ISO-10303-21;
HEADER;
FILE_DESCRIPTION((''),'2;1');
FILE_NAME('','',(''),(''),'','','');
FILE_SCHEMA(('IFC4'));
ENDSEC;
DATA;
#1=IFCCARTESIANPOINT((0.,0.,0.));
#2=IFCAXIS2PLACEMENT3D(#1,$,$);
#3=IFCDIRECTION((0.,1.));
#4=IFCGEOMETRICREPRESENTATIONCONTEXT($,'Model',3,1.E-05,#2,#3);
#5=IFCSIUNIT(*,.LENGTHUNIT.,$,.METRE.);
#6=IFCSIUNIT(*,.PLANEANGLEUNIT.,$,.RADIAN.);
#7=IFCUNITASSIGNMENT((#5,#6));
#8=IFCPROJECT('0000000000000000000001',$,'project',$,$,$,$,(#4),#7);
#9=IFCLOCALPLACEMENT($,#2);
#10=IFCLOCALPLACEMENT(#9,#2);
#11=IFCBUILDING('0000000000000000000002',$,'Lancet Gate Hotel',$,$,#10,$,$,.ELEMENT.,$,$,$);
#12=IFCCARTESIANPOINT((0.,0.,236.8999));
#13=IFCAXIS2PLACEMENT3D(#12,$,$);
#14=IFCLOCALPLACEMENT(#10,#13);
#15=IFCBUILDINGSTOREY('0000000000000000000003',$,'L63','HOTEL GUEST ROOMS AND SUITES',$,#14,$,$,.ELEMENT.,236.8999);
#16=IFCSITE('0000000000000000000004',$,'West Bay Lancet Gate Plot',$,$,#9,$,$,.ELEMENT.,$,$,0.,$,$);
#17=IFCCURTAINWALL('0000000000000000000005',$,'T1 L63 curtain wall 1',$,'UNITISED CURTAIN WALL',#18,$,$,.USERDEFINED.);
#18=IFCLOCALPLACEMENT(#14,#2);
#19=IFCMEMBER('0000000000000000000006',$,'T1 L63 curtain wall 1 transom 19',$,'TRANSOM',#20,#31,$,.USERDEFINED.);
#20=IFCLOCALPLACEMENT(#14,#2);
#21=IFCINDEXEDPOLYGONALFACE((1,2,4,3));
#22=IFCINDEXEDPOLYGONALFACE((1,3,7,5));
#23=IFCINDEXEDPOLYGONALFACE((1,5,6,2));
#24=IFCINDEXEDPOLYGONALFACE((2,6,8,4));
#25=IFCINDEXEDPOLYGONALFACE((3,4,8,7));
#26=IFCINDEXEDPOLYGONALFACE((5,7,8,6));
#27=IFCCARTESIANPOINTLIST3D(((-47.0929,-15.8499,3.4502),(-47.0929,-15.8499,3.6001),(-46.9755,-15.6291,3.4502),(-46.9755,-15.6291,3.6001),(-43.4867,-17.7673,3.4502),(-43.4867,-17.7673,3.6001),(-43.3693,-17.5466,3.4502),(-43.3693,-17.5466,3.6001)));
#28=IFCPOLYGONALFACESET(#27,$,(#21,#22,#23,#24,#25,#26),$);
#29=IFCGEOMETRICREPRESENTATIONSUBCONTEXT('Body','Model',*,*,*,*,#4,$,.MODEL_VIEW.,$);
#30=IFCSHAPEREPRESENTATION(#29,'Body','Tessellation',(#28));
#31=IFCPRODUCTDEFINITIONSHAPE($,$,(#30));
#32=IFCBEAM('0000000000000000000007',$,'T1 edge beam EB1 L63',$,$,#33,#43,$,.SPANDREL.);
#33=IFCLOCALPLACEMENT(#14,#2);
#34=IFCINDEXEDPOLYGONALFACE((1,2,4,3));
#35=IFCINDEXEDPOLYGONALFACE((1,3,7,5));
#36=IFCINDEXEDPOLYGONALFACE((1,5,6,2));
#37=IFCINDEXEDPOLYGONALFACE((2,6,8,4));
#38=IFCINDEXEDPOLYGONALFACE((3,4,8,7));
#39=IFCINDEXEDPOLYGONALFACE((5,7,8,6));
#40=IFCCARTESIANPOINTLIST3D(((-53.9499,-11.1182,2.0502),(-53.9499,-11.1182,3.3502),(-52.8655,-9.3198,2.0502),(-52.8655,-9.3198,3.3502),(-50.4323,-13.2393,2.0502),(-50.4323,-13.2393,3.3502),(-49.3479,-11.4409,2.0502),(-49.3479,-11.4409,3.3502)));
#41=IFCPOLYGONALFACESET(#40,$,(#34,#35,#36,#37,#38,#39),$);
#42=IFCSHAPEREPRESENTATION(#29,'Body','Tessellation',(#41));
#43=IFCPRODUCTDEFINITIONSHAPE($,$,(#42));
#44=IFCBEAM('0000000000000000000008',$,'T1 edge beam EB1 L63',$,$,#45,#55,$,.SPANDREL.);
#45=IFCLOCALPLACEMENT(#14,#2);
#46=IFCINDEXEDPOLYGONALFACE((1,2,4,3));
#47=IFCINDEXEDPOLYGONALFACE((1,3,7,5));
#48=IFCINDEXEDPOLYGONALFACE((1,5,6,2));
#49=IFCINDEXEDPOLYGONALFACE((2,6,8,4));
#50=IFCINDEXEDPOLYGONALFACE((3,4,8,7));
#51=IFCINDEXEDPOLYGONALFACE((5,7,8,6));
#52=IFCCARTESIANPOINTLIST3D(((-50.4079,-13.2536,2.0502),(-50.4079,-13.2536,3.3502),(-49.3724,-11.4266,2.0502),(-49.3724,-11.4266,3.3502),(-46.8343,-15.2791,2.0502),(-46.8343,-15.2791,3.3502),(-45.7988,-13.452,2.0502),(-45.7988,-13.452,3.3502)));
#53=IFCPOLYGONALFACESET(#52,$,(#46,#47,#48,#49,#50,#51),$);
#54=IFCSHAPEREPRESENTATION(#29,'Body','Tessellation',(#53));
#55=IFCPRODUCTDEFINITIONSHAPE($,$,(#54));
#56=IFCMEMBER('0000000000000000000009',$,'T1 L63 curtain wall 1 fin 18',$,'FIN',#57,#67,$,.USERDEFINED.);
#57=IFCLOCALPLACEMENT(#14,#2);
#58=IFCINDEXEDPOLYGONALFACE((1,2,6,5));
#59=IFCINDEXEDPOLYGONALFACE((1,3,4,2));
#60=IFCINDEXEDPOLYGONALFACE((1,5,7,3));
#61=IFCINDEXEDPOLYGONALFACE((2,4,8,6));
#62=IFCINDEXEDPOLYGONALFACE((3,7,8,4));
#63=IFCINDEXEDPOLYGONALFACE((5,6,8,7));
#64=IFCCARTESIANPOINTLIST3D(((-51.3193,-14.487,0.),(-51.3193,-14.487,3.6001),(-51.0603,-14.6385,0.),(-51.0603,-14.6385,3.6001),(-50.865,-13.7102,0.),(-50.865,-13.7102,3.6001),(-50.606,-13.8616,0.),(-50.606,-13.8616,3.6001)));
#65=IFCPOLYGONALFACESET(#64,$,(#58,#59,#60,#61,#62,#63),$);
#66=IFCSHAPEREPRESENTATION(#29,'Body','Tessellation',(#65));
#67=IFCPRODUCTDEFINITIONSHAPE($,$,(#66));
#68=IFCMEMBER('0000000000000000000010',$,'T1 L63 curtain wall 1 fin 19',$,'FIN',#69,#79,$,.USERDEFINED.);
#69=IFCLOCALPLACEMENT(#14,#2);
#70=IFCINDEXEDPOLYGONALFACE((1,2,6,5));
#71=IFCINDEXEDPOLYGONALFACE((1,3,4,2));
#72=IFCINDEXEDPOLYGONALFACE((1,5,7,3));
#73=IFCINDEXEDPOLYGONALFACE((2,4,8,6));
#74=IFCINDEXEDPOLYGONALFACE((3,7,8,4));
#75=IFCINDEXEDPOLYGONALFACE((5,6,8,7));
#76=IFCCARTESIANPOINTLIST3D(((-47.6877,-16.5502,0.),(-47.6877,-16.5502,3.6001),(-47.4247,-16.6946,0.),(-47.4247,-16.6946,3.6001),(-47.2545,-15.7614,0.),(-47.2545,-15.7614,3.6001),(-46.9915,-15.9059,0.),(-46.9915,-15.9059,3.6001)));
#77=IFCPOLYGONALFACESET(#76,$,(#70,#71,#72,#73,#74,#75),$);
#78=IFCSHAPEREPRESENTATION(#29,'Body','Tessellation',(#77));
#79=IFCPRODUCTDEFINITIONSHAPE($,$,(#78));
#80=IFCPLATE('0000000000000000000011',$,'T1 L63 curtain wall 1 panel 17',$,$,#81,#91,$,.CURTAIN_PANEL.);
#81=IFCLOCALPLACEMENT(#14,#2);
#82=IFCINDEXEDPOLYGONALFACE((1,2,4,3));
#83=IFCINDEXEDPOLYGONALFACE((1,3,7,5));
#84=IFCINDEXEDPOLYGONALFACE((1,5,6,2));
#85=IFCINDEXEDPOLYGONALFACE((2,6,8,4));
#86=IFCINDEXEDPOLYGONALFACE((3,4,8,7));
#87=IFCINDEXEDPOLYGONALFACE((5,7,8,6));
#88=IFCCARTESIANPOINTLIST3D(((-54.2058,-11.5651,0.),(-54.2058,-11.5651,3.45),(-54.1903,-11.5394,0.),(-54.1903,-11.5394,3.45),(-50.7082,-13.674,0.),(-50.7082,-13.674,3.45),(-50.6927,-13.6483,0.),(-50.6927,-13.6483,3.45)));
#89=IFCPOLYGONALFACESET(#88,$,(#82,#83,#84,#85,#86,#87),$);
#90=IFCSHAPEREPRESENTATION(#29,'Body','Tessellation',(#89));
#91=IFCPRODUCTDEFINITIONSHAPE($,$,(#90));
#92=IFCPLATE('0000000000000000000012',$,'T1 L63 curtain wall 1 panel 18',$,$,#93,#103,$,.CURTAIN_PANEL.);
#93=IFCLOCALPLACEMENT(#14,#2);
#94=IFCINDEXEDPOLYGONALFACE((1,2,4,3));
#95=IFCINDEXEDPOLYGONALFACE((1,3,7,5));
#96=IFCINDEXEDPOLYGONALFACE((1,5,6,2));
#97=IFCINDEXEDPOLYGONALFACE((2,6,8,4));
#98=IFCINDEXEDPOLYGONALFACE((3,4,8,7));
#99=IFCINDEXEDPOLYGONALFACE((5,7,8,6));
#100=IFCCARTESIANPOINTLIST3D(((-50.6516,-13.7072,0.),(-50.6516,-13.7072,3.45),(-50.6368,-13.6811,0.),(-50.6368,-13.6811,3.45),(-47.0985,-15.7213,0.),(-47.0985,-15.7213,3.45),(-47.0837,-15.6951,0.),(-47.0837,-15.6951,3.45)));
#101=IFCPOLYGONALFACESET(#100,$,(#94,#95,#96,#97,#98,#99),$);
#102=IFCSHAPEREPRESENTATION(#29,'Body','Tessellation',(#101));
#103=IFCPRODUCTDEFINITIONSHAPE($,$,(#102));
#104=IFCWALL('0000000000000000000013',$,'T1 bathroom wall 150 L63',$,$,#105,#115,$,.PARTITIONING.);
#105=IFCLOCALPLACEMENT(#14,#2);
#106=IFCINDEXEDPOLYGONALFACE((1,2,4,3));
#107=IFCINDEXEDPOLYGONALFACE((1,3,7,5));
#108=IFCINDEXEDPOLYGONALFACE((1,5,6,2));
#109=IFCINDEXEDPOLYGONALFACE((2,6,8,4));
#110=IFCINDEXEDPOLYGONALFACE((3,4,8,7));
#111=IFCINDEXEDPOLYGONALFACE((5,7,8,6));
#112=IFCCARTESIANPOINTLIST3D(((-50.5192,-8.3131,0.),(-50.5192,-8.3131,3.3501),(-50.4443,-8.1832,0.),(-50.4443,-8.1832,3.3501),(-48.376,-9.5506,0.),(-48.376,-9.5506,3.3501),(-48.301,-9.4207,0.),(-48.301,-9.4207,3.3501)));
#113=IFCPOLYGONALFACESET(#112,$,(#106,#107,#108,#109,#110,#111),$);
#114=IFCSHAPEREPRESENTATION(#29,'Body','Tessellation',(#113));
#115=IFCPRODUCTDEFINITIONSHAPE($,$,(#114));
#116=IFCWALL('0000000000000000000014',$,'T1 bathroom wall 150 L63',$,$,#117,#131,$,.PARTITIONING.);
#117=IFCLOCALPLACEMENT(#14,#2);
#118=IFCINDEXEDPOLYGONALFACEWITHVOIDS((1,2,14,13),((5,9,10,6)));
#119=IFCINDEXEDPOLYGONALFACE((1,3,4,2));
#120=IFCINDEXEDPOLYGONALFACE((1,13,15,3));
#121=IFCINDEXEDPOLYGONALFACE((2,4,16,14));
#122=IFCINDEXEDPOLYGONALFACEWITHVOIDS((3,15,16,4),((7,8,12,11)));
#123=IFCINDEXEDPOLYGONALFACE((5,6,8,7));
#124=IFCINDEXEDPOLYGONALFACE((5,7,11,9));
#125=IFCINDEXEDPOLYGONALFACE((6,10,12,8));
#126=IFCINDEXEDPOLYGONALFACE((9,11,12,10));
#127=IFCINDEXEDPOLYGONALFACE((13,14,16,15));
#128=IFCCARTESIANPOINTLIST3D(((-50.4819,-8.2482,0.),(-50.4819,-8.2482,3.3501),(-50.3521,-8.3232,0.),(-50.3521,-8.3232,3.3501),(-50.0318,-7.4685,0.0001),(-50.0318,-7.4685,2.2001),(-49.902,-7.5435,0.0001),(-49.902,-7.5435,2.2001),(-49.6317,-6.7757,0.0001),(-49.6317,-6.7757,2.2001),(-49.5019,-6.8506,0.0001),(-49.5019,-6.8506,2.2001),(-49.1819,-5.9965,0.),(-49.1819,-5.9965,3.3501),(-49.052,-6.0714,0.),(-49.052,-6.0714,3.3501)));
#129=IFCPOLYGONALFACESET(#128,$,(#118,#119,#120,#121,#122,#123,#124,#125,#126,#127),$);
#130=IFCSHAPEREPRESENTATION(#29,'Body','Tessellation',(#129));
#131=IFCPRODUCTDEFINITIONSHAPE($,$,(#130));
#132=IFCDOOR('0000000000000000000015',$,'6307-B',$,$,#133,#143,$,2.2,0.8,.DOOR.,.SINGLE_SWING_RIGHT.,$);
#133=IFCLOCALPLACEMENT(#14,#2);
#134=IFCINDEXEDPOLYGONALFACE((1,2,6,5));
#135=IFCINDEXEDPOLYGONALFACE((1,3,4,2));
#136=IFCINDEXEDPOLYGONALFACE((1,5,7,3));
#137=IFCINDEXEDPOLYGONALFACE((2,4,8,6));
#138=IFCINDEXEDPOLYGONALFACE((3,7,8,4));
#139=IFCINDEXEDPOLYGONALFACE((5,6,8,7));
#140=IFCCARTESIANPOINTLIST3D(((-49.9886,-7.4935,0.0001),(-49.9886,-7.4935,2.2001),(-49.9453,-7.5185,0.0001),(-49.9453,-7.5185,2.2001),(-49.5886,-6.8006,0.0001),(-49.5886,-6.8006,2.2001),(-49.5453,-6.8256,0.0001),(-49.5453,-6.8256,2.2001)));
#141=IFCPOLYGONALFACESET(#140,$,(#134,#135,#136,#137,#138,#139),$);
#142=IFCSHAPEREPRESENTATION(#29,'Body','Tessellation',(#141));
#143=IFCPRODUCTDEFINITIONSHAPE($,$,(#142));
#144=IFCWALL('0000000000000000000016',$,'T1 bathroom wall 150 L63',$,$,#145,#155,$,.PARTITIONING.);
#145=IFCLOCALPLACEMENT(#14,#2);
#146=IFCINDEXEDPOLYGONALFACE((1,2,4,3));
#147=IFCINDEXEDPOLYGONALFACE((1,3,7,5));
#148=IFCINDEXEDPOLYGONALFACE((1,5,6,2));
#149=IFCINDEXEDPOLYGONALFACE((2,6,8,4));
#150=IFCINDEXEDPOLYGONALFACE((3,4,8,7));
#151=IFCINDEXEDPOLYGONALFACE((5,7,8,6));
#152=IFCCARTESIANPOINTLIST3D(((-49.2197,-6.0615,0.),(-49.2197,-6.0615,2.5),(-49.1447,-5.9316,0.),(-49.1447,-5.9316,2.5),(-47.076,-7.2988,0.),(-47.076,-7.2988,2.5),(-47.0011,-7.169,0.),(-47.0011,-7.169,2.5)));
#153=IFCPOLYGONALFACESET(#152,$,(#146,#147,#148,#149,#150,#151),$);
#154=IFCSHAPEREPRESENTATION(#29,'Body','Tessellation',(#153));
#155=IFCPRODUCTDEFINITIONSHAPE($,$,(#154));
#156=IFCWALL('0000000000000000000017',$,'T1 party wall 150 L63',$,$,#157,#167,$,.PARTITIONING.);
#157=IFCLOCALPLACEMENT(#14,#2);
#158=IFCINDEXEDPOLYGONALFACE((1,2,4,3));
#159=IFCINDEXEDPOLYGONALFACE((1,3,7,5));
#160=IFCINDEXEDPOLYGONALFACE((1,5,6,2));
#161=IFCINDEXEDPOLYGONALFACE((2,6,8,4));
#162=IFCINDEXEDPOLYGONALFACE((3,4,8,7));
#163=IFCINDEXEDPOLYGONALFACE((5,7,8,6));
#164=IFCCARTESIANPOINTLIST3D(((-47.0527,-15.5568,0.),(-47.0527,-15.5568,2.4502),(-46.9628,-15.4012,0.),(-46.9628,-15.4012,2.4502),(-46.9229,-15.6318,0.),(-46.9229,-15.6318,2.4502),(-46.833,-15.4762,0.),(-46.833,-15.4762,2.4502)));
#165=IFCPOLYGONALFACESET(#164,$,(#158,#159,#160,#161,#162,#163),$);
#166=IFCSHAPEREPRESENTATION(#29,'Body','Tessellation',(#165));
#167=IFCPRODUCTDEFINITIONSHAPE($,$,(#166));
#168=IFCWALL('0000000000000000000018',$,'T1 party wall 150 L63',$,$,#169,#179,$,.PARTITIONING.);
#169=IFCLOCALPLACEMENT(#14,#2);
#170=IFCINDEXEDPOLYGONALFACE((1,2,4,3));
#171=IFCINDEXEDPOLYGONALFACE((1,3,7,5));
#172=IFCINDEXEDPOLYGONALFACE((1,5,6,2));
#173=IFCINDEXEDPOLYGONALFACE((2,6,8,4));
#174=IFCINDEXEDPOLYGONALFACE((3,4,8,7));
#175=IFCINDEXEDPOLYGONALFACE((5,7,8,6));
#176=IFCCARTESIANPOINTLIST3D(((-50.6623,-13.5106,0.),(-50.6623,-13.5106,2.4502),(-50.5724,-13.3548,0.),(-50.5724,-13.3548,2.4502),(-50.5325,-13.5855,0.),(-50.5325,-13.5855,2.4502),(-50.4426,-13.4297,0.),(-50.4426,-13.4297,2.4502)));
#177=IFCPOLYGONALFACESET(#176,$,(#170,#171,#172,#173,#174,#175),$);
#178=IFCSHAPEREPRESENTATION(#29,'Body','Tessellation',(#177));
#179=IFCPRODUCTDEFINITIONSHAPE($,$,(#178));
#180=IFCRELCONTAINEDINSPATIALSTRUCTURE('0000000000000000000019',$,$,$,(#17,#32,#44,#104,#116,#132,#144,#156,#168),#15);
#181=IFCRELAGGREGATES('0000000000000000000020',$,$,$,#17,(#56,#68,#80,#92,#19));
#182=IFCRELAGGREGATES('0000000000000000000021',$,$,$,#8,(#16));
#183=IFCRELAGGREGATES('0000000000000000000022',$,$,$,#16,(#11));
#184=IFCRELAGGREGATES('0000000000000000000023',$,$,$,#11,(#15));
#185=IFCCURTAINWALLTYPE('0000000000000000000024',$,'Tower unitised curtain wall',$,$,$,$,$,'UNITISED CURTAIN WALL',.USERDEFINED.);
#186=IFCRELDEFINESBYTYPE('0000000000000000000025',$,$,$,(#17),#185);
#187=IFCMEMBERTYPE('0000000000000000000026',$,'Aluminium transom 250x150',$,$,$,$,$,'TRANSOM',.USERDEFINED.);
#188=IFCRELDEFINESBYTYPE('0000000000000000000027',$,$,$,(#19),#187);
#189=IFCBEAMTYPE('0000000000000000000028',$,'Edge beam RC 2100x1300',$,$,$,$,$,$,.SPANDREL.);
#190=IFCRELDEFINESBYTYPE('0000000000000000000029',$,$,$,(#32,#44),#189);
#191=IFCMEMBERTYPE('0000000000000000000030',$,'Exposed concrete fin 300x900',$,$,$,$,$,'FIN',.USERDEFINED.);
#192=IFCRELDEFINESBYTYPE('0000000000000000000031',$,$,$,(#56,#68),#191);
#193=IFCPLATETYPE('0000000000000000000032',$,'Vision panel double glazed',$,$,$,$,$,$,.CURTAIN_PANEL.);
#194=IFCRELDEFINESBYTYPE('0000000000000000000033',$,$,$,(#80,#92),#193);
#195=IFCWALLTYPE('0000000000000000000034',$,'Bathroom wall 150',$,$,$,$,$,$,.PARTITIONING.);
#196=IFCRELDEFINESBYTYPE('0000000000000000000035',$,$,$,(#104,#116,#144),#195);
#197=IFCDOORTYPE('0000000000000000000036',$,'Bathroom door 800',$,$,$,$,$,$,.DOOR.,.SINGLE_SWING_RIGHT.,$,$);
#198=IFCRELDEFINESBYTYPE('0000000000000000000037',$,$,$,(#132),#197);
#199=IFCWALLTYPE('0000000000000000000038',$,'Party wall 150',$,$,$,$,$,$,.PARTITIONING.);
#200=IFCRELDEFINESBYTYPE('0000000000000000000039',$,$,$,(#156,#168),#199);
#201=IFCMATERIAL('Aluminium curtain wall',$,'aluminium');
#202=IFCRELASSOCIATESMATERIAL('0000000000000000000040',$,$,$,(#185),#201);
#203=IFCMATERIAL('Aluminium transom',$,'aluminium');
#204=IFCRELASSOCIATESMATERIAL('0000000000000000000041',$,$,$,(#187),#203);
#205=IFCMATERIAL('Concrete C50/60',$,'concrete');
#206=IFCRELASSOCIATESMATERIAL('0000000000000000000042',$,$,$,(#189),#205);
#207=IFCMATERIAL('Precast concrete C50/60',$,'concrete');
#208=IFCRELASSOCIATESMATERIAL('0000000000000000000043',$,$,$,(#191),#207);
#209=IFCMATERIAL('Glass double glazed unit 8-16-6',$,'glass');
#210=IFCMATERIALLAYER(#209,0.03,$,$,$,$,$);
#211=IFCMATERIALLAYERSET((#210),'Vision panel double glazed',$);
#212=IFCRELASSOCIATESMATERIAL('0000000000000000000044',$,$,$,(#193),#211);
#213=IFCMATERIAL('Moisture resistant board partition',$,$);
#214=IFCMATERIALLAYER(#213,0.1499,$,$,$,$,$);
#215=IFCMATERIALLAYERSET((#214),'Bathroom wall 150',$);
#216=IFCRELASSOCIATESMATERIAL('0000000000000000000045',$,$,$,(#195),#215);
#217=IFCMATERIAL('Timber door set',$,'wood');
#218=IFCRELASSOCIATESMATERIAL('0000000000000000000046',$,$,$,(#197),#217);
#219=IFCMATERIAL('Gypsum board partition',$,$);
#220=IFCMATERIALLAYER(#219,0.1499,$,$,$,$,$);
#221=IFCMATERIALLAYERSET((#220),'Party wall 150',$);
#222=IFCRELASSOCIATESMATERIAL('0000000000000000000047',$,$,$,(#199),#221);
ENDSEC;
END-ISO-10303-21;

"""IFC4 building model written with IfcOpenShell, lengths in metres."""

from ifc_helpers import new_model, si_unit, direction, frame, frame_2d, origin, origin_2d, place, context, subcontext, project, spatial, rectangle, extrude, material, layer, layer_set, material_profile, profile_set, type_object, element, fill, aggregate, save


model = new_model("IFC4")

# Units and contexts
model_context = context("Model", 3, precision=1e-05, world=origin(), true_north=direction((0.0, 1.0)))
body_context = subcontext(model_context, "Body", "Model", "MODEL_VIEW")
ifc_project = project(units=[si_unit("LENGTHUNIT", "METRE"), si_unit("PLANEANGLEUNIT", "RADIAN")], contexts=[model_context])

# Site, building, storey
site_placement = place(None, origin())
site = spatial("IfcSite", under=ifc_project, at=site_placement, Name="West Bay Lancet Gate Plot", CompositionType="ELEMENT", RefElevation=0.0)
building_placement = place(site_placement, origin())
building = spatial("IfcBuilding", under=site, at=building_placement, Name="Lancet Gate Hotel", CompositionType="ELEMENT")
storey_placement = place(building_placement, frame((0.0, 0.0, 236.8999)))
storey = spatial("IfcBuildingStorey", under=building, at=storey_placement, Name="L63", Description="HOTEL GUEST ROOMS AND SUITES", CompositionType="ELEMENT", Elevation=236.8999)

# Curtain wall, member
ifc_material_1 = material(Name="Aluminium curtain wall", Category="aluminium")
curtain_wall_type = type_object("IfcCurtainWallType", Name="Tower unitised curtain wall", ElementType="UNITISED CURTAIN WALL", PredefinedType="USERDEFINED", material=ifc_material_1)
curtain_wall_placement = place(storey_placement, origin())
curtain_wall = element("IfcCurtainWall", 1, at=curtain_wall_placement, inside=storey, type_object=curtain_wall_type, Name="T1 L63 curtain wall 1", ObjectType="UNITISED CURTAIN WALL", PredefinedType="USERDEFINED")
ifc_material_2 = material(Name="Aluminium transom", Category="aluminium")
ifc_material_profile_1 = material_profile(ifc_material_2, rectangle(XDim=0.25, YDim=0.1499, at=origin_2d()), Name="TRANSOM 250x150")
ifc_profile_set_1 = profile_set([ifc_material_profile_1], Name="Aluminium transom")
member_type_1 = type_object("IfcMemberType", Name="Aluminium transom 250x150", ElementType="TRANSOM", PredefinedType="USERDEFINED", material=ifc_profile_set_1)
member_1_placement = place(storey_placement, frame((-47.0342, -15.7395, 3.5251), z_axis=(0.882945, -0.469477, 0.0), x_axis=(0.469477, 0.882945, 0.0)))
member_1 = element("IfcMember", 2, at=member_1_placement, type_object=member_type_1, Name="T1 L63 curtain wall 1 transom 19", ObjectType="TRANSOM", PredefinedType="USERDEFINED", context=body_context, shape_type="SweptSolid", body=[
    extrude(rectangle(XDim=0.25, YDim=0.1499, at=origin_2d()), origin(), (0.0, 0.0, 1.0), 4.0842),
])

# Beams
ifc_material_3 = material(Name="Concrete C50/60", Category="concrete")
ifc_material_profile_2 = material_profile(ifc_material_3, rectangle(XDim=2.1001, YDim=1.3, at=origin_2d()), Name="RC 2100x1300")
ifc_profile_set_2 = profile_set([ifc_material_profile_2], Name="Concrete C50/60")
beam_type = type_object("IfcBeamType", Name="Edge beam RC 2100x1300", PredefinedType="SPANDREL", material=ifc_profile_set_2)
for number, where, z_axis, x_axis, name in (
    (3, (-53.4077, -10.219, 2.7002), (0.856358, -0.516382, 0.0), (0.516382, 0.856358, 0.0), "T1 edge beam EB1 L63"),
    (4, (-49.8901, -12.3401, 2.7002), (0.869979, -0.493089, 0.0), (0.493089, 0.869979, 0.0), "T1 edge beam EB1 L63"),
):
    element("IfcBeam", number, at=place(storey_placement, frame(where, z_axis=z_axis, x_axis=x_axis)), inside=storey, type_object=beam_type, Name=name, PredefinedType="SPANDREL", context=body_context, shape_type="SweptSolid", body=[
        extrude(rectangle(XDim=2.1001, YDim=1.3, at=origin_2d()), origin(), (0.0, 0.0, 1.0), 4.1077),
    ])

# Members
ifc_material_4 = material(Name="Precast concrete C50/60", Category="concrete")
ifc_material_profile_3 = material_profile(ifc_material_4, rectangle(XDim=0.3, YDim=0.8999, at=origin_2d()), Name="FIN 300x900")
ifc_profile_set_3 = profile_set([ifc_material_profile_3], Name="Precast concrete C50/60")
member_type_2 = type_object("IfcMemberType", Name="Exposed concrete fin 300x900", ElementType="FIN", PredefinedType="USERDEFINED", material=ifc_profile_set_3)
member_2_placement = place(storey_placement, frame((-50.9626, -14.1743, 0.0), z_axis=(0.0, 0.0, 1.0), x_axis=(0.863242, -0.50479, 0.0)))
member_2 = element("IfcMember", 5, at=member_2_placement, type_object=member_type_2, Name="T1 L63 curtain wall 1 fin 18", ObjectType="FIN", PredefinedType="USERDEFINED", context=body_context, shape_type="SweptSolid", body=[
    extrude(rectangle(XDim=0.3, YDim=0.8999, at=origin_2d()), origin(), (0.0, 0.0, 1.0), 3.6001),
])
member_3_placement = place(storey_placement, frame((-47.3396, -16.228, 0.0), z_axis=(0.0, 0.0, 1.0), x_axis=(0.876516, -0.481372, 0.0)))
member_3 = element("IfcMember", 6, at=member_3_placement, type_object=member_type_2, Name="T1 L63 curtain wall 1 fin 19", ObjectType="FIN", PredefinedType="USERDEFINED", context=body_context, shape_type="SweptSolid", body=[
    extrude(rectangle(XDim=0.3, YDim=0.8999, at=origin_2d()), origin(), (0.0, 0.0, 1.0), 3.6001),
])

# Plates
ifc_material_5 = material(Name="Glass double glazed unit 8-16-6", Category="glass")
ifc_layer_1 = layer(ifc_material_5, 0.03)
ifc_layer_set_1 = layer_set([ifc_layer_1], Name="Vision panel double glazed")
plate_type = type_object("IfcPlateType", Name="Vision panel double glazed", PredefinedType="CURTAIN_PANEL", material=ifc_layer_set_1)
plate_1_placement = place(storey_placement, frame((-52.4492, -12.6067, 0.0), z_axis=(0.0, 0.0, 1.0), x_axis=(0.85637, -0.516363, 0.0)))
plate_1 = element("IfcPlate", 7, at=plate_1_placement, type_object=plate_type, Name="T1 L63 curtain wall 1 panel 17", PredefinedType="CURTAIN_PANEL", context=body_context, shape_type="SweptSolid", body=[
    extrude(rectangle(XDim=4.0842, YDim=0.03, at=origin_2d()), origin(), (0.0, 0.0, 1.0), 3.45),
])
plate_2_placement = place(storey_placement, frame((-48.8677, -14.7012, 0.0), z_axis=(0.0, 0.0, 1.0), x_axis=(0.869958, -0.493126, 0.0)))
plate_2 = element("IfcPlate", 8, at=plate_2_placement, type_object=plate_type, Name="T1 L63 curtain wall 1 panel 18", PredefinedType="CURTAIN_PANEL", context=body_context, shape_type="SweptSolid", body=[
    extrude(rectangle(XDim=4.0842, YDim=0.03, at=origin_2d()), origin(), (0.0, 0.0, 1.0), 3.45),
])
aggregate(curtain_wall, [member_2, member_3, plate_1, plate_2, member_1])

# Wall
ifc_material_6 = material(Name="Moisture resistant board partition")
ifc_layer_2 = layer(ifc_material_6, 0.1499)
ifc_layer_set_2 = layer_set([ifc_layer_2], Name="Bathroom wall 150")
wall_type_1 = type_object("IfcWallType", Name="Bathroom wall 150", PredefinedType="PARTITIONING", material=ifc_layer_set_2)
wall_1_placement = place(storey_placement, frame((-48.3386, -9.4856, 0.0), z_axis=(0.0, 0.0, 1.0), x_axis=(-0.866007, 0.500033, 0.0)))
element("IfcWall", 9, at=wall_1_placement, inside=storey, type_object=wall_type_1, Name="T1 bathroom wall 150 L63", PredefinedType="PARTITIONING", context=body_context, shape_type="SweptSolid", body=[
    extrude(rectangle(XDim=2.4749, YDim=0.1499, at=frame_2d((1.2373, 0.0))), origin(), (0.0, 0.0, 1.0), 3.3501),
])

# Wall, opening, door
wall_2_placement = place(storey_placement, frame((-49.1169, -6.0339, 0.0), z_axis=(0.0, 0.0, 1.0), x_axis=(-0.500007, -0.866021, 0.0)))
wall_2 = element("IfcWall", 10, at=wall_2_placement, inside=storey, type_object=wall_type_1, Name="T1 bathroom wall 150 L63", PredefinedType="PARTITIONING", context=body_context, shape_type="SweptSolid", body=[
    extrude(rectangle(XDim=2.6001, YDim=0.1499, at=frame_2d((1.3, 0.0))), origin(), (0.0, 0.0, 1.0), 3.3501),
])
opening_placement = place(wall_2_placement, frame((0.8999, 0.0, 0.0)))
opening = element("IfcOpeningElement", 11, at=opening_placement, cuts=wall_2, PredefinedType="OPENING", context=body_context, shape_type="SweptSolid", body=[
    extrude(rectangle(XDim=0.8, YDim=2.2, at=frame_2d((0.3999, 1.1001))), frame((0.0, 0.085, 0.0), z_axis=(0.0, -1.0, 0.0), x_axis=(1.0, 0.0, 0.0)), (0.0, 0.0, 1.0), 0.1699),
])
ifc_material_7 = material(Name="Timber door set", Category="wood")
door_type = type_object("IfcDoorType", Name="Bathroom door 800", OperationType="SINGLE_SWING_RIGHT", PredefinedType="DOOR", material=ifc_material_7)
door_placement = place(opening_placement, origin())
door = element("IfcDoor", 12, at=door_placement, inside=storey, type_object=door_type, Name="6307-B", OperationType="SINGLE_SWING_RIGHT", OverallHeight=2.2, OverallWidth=0.8, PredefinedType="DOOR", context=body_context, shape_type="SweptSolid", body=[
    extrude(rectangle(XDim=0.8, YDim=2.2, at=frame_2d((0.3999, 1.1001))), frame((0.0, 0.0249, 0.0), z_axis=(0.0, -1.0, 0.0), x_axis=(1.0, 0.0, 0.0)), (0.0, 0.0, 1.0), 0.05),
])
fill(opening, door)

# Walls
wall_3_placement = place(storey_placement, frame((-47.0386, -7.2339, 0.0), z_axis=(0.0, 0.0, 1.0), x_axis=(-0.866074, 0.499916, 0.0)))
element("IfcWall", 13, at=wall_3_placement, inside=storey, type_object=wall_type_1, Name="T1 bathroom wall 150 L63", PredefinedType="PARTITIONING", context=body_context, shape_type="SweptSolid", body=[
    extrude(rectangle(XDim=2.4751, YDim=0.1499, at=frame_2d((1.2375, 0.0))), origin(), (0.0, 0.0, 1.0), 2.5),
])
ifc_material_8 = material(Name="Gypsum board partition")
ifc_layer_3 = layer(ifc_material_8, 0.1499)
ifc_layer_set_3 = layer_set([ifc_layer_3], Name="Party wall 150")
wall_type_2 = type_object("IfcWallType", Name="Party wall 150", PredefinedType="PARTITIONING", material=ifc_layer_set_3)
wall_4_placement = place(storey_placement, frame((-46.8979, -15.4387, 0.0), z_axis=(0.0, 0.0, 1.0), x_axis=(-0.500232, -0.865891, 0.0)))
element("IfcWall", 14, at=wall_4_placement, inside=storey, type_object=wall_type_2, Name="T1 party wall 150 L63", PredefinedType="PARTITIONING", context=body_context, shape_type="SweptSolid", body=[
    extrude(rectangle(XDim=0.1797, YDim=0.1499, at=frame_2d((0.0898, 0.0))), origin(), (0.0, 0.0, 1.0), 2.4502),
])
wall_5_placement = place(storey_placement, frame((-50.5076, -13.3923, 0.0), z_axis=(0.0, 0.0, 1.0), x_axis=(-0.499644, -0.866231, 0.0)))
element("IfcWall", 15, at=wall_5_placement, inside=storey, type_object=wall_type_2, Name="T1 party wall 150 L63", PredefinedType="PARTITIONING", context=body_context, shape_type="SweptSolid", body=[
    extrude(rectangle(XDim=0.1799, YDim=0.1499, at=frame_2d((0.0898, 0.0))), origin(), (0.0, 0.0, 1.0), 2.4502),
])

save(model, "model.ifc")
